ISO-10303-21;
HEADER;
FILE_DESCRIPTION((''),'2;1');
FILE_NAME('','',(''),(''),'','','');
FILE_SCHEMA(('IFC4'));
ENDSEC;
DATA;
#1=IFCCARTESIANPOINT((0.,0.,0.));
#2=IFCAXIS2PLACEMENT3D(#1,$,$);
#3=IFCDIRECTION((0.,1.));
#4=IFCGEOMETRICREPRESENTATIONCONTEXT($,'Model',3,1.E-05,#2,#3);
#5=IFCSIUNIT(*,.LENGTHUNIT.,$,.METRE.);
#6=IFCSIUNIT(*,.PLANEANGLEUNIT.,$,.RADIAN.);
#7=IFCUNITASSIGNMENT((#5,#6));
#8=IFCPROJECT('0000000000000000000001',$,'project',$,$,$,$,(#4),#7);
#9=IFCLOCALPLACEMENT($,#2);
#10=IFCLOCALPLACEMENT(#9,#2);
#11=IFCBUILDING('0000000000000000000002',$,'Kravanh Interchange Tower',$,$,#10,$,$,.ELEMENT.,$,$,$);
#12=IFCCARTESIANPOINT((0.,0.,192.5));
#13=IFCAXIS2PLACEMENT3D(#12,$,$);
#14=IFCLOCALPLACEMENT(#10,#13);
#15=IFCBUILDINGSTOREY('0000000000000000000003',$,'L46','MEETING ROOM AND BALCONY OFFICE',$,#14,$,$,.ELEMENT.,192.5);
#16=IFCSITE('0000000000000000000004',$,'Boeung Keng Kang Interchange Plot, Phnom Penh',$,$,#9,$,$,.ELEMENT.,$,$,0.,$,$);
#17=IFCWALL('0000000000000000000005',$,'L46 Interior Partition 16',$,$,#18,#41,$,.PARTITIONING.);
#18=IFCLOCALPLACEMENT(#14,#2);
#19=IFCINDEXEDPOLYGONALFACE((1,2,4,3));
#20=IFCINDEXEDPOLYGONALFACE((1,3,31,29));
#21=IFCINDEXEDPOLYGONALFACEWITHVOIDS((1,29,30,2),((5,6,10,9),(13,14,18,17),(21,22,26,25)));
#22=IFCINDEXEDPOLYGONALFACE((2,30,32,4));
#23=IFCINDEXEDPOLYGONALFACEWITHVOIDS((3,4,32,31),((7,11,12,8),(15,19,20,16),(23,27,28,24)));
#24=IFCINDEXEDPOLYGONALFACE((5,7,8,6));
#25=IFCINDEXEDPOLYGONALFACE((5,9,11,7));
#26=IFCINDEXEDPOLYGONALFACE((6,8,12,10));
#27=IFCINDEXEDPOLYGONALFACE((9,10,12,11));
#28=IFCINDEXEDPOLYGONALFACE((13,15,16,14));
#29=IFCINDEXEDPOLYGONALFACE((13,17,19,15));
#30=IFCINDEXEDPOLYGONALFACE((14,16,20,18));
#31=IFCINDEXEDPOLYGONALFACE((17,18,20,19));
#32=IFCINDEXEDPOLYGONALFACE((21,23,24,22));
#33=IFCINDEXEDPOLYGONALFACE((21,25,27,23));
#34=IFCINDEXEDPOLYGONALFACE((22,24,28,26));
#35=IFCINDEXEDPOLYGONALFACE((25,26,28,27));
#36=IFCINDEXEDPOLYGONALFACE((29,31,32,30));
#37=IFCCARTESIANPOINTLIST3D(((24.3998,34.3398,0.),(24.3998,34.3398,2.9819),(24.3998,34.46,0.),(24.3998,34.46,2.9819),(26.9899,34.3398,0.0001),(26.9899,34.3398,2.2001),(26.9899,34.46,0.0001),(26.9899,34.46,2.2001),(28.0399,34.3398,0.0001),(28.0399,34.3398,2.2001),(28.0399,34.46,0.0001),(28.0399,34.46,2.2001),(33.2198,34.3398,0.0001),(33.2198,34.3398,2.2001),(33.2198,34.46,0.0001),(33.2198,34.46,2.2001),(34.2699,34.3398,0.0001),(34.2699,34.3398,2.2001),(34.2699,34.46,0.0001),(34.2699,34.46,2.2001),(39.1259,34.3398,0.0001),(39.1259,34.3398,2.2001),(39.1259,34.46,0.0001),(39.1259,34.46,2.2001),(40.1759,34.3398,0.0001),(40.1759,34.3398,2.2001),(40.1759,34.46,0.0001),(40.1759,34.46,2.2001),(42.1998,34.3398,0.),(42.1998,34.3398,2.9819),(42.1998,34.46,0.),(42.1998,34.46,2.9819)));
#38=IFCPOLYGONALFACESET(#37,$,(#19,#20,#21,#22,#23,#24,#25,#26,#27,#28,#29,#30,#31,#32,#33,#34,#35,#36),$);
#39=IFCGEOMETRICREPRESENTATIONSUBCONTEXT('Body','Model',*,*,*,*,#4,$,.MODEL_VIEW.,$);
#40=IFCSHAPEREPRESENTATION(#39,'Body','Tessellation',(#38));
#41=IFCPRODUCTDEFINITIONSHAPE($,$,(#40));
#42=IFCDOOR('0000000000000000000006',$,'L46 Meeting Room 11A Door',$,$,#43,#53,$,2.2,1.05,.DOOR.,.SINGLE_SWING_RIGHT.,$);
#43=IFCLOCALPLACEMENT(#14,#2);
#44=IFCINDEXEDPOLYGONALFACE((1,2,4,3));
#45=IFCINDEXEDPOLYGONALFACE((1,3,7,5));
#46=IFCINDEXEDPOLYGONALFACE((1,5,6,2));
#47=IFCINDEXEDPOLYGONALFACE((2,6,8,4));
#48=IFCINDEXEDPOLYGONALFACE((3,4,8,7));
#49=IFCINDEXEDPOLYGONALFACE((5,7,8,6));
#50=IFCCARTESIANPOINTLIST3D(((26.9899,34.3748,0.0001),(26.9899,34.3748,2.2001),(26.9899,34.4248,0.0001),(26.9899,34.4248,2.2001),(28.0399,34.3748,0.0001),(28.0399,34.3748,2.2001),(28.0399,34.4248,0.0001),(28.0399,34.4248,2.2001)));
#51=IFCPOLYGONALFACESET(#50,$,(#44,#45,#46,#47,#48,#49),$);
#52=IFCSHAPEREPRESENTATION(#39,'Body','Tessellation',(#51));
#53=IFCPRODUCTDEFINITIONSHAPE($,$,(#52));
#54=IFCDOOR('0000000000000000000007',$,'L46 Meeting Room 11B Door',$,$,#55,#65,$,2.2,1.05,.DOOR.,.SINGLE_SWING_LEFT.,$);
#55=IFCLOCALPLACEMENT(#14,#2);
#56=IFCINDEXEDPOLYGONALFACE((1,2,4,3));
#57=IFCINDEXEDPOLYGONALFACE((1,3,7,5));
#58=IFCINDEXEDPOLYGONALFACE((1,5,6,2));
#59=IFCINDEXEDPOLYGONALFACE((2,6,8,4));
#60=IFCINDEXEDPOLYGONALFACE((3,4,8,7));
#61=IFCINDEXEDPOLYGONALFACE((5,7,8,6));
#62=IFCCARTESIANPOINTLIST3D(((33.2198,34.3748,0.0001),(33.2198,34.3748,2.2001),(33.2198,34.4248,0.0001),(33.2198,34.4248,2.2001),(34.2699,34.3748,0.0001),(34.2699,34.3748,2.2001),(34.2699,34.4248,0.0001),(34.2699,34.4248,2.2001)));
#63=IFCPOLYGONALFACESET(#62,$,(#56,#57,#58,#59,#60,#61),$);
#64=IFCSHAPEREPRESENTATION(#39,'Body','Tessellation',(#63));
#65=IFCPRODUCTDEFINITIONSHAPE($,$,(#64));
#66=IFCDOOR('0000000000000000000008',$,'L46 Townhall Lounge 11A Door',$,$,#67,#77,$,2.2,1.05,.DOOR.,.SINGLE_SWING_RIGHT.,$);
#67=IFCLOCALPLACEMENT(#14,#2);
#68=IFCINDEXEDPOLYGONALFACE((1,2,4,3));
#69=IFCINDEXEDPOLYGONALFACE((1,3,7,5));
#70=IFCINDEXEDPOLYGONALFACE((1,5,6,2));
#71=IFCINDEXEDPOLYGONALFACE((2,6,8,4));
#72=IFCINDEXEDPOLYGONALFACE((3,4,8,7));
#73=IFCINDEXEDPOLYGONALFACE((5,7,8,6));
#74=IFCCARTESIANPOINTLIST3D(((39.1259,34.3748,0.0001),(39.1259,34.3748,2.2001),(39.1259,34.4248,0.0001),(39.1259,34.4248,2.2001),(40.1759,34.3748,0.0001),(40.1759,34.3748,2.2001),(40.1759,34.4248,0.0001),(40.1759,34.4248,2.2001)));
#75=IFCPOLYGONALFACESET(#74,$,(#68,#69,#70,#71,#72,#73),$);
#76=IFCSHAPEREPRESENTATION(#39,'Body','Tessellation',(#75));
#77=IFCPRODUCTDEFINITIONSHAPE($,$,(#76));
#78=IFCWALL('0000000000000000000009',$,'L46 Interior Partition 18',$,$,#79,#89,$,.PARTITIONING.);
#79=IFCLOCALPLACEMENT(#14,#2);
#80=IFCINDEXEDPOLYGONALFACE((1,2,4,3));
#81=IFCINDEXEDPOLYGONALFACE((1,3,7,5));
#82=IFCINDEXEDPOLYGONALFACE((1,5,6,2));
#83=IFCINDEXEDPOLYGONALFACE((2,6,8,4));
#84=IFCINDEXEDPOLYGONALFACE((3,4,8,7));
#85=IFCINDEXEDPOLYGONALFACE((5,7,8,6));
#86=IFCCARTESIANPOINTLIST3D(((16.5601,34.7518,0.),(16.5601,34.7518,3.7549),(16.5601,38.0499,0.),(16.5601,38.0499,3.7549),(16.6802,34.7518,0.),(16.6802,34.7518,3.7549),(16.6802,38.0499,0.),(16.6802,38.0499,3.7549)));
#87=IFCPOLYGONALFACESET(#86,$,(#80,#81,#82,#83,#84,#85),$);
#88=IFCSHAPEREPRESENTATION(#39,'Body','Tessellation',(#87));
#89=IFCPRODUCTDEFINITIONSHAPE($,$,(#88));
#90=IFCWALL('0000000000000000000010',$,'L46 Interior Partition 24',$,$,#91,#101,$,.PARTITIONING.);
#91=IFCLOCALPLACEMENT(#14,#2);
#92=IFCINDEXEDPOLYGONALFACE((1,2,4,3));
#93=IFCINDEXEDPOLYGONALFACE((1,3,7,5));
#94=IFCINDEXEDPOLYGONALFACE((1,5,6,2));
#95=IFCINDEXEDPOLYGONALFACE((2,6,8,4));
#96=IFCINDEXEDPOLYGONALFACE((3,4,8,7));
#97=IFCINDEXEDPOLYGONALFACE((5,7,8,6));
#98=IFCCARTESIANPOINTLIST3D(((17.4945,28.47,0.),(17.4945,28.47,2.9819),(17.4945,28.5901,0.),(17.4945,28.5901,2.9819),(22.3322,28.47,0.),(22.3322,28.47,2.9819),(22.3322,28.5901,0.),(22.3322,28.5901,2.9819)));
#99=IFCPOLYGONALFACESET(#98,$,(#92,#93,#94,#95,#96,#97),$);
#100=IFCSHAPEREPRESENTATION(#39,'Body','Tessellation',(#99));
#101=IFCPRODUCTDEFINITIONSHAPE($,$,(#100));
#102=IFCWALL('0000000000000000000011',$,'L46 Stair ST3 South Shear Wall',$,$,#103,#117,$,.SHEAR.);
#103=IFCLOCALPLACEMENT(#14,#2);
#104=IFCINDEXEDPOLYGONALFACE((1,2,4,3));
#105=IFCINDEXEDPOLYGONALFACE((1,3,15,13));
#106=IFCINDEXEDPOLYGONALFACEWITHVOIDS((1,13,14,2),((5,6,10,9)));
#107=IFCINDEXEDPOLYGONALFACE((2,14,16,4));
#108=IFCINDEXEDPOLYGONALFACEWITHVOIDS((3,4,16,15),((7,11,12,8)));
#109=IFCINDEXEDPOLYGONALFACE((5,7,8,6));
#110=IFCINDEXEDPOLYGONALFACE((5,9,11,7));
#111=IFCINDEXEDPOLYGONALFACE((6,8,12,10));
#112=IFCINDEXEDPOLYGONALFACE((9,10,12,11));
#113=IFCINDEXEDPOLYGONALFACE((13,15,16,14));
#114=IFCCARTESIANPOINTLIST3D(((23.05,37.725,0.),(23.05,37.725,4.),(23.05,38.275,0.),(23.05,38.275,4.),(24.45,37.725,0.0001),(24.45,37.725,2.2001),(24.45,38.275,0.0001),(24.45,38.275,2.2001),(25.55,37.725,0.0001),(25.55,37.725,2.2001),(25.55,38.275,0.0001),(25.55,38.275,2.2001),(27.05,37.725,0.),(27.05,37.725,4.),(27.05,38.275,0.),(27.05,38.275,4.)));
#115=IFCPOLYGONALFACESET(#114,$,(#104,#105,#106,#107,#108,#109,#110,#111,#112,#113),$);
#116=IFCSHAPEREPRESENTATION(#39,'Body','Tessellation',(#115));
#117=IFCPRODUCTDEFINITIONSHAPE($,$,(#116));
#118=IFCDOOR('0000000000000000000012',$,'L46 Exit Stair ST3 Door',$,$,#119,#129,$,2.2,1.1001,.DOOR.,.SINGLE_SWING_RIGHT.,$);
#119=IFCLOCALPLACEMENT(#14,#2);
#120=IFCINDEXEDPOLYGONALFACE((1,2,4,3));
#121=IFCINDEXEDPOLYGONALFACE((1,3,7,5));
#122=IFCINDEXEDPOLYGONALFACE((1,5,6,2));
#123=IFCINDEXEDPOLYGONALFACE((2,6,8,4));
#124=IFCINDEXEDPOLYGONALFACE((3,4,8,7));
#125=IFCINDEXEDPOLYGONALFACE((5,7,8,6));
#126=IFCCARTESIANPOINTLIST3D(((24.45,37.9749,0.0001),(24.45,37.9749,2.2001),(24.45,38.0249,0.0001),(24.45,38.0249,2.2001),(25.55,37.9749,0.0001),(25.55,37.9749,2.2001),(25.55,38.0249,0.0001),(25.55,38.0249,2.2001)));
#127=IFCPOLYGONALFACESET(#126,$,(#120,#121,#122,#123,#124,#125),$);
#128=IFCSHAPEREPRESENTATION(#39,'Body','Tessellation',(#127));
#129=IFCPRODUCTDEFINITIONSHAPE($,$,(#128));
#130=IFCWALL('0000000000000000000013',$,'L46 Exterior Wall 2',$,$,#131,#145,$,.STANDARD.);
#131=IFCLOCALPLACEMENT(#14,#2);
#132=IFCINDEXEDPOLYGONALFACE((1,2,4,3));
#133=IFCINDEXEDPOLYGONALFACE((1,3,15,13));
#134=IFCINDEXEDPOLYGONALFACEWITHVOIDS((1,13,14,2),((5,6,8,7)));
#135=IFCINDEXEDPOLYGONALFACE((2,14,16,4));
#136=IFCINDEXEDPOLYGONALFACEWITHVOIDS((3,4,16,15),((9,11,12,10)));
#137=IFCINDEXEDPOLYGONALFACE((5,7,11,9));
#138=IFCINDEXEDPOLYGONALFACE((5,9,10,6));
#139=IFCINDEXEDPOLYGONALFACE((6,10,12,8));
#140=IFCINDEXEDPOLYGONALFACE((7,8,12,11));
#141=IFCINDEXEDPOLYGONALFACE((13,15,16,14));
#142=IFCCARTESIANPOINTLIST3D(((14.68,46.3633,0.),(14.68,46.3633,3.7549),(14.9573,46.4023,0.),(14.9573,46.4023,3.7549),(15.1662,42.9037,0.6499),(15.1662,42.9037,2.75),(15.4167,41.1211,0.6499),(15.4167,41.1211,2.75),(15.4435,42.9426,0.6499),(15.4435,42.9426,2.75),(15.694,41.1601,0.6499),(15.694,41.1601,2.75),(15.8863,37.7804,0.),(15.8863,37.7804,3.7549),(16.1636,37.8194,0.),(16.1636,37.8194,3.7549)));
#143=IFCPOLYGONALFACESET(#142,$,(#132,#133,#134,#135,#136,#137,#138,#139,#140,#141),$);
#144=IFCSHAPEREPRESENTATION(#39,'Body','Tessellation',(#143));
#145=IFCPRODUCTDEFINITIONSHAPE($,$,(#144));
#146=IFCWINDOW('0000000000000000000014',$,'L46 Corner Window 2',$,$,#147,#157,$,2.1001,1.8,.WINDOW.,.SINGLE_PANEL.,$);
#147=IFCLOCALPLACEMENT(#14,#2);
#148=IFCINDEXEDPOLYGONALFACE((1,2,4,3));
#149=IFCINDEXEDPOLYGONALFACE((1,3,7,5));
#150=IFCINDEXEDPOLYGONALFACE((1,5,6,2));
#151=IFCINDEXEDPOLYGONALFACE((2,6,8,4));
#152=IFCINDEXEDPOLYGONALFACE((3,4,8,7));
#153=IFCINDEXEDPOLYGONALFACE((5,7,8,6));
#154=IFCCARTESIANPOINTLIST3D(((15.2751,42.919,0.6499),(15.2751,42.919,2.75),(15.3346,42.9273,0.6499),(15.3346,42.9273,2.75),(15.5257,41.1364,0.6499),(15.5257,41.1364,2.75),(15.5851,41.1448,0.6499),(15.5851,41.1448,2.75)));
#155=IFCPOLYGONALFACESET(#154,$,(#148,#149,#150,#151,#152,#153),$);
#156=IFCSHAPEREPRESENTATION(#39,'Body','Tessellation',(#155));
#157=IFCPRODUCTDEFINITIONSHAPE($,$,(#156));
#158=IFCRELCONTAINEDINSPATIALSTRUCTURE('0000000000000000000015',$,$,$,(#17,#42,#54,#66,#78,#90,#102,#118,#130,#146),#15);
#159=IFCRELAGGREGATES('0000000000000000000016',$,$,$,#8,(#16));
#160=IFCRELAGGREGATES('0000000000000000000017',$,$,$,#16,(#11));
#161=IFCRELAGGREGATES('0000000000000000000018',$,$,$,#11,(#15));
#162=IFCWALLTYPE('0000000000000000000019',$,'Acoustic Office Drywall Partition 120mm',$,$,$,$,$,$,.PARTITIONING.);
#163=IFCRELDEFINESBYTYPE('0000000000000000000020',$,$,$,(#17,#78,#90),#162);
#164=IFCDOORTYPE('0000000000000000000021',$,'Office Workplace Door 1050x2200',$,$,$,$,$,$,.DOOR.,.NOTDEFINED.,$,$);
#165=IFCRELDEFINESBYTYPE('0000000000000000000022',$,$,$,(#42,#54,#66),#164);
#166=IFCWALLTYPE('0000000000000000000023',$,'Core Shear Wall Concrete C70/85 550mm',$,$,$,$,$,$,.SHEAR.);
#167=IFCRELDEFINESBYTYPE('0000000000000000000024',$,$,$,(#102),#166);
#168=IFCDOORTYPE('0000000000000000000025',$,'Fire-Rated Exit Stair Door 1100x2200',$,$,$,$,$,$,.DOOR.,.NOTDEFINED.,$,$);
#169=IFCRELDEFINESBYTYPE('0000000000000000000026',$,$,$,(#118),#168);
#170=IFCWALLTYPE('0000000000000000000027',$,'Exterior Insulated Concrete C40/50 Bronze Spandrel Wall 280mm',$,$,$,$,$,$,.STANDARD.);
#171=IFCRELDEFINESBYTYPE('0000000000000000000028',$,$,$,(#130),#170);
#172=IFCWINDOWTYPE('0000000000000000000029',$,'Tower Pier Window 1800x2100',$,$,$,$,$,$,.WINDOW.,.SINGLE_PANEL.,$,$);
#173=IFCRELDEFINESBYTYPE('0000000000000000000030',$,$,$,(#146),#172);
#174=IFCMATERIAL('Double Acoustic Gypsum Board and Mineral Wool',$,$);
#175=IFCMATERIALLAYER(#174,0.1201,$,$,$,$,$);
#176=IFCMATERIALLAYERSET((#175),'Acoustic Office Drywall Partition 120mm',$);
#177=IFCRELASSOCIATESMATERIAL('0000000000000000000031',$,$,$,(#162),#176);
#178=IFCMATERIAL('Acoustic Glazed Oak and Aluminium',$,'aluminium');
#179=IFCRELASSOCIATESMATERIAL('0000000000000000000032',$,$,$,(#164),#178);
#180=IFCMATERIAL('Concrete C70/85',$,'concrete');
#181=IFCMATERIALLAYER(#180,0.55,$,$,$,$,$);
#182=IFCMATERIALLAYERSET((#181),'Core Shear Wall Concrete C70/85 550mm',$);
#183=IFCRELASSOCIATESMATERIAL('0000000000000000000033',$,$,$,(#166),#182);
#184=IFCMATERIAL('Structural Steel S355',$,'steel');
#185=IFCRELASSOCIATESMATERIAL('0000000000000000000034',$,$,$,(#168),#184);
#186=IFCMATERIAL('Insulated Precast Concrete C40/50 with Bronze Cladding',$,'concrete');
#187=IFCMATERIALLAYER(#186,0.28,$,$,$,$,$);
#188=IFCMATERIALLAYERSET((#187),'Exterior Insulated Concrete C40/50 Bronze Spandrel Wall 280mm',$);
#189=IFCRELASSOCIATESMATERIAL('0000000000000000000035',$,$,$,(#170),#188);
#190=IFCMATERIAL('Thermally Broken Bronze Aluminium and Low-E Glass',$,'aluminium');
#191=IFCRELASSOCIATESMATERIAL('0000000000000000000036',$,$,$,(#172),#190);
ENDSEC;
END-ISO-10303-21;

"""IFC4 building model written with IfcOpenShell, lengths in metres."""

from ifc_helpers import new_model, si_unit, direction, frame, frame_2d, origin, place, context, subcontext, project, spatial, rectangle, extrude, material, layer, layer_set, type_object, element, fill, save


model = new_model("IFC4")

# Units and contexts
model_context = context("Model", 3, precision=1e-05, world=origin(), true_north=direction((0.0, 1.0)))
body_context = subcontext(model_context, "Body", "Model", "MODEL_VIEW")
ifc_project = project(units=[si_unit("LENGTHUNIT", "METRE"), si_unit("PLANEANGLEUNIT", "RADIAN")], contexts=[model_context])

# Site, building, storey
site_placement = place(None, origin())
site = spatial("IfcSite", under=ifc_project, at=site_placement, Name="Boeung Keng Kang Interchange Plot, Phnom Penh", CompositionType="ELEMENT", RefElevation=0.0)
building_placement = place(site_placement, origin())
building = spatial("IfcBuilding", under=site, at=building_placement, Name="Kravanh Interchange Tower", CompositionType="ELEMENT")
storey_placement = place(building_placement, frame((0.0, 0.0, 192.5)))
storey = spatial("IfcBuildingStorey", under=building, at=storey_placement, Name="L46", Description="MEETING ROOM AND BALCONY OFFICE", CompositionType="ELEMENT", Elevation=192.5)

# Shared definitions
ifc_material_1 = material(Name="Double Acoustic Gypsum Board and Mineral Wool")
ifc_layer_1 = layer(ifc_material_1, 0.1201)
ifc_layer_set_1 = layer_set([ifc_layer_1], Name="Acoustic Office Drywall Partition 120mm")
wall_type_1 = type_object("IfcWallType", Name="Acoustic Office Drywall Partition 120mm", PredefinedType="PARTITIONING", material=ifc_layer_set_1)

# Wall, openings, doors
wall_1_placement = place(storey_placement, frame((24.3999, 34.3999, 0.0), z_axis=(0.0, 0.0, 1.0), x_axis=(1.0, 0.0, 0.0)))
wall_1 = element("IfcWall", 1, at=wall_1_placement, inside=storey, type_object=wall_type_1, Name="L46 Interior Partition 16", PredefinedType="PARTITIONING", context=body_context, shape_type="SweptSolid", body=[
    extrude(rectangle(XDim=17.8, YDim=0.1201, at=frame_2d((8.8999, 0.0))), origin(), (0.0, 0.0, 1.0), 2.9819),
])
opening_1_placement = place(wall_1_placement, frame((2.5901, 0.0, 0.0)))
opening_1 = element("IfcOpeningElement", 2, at=opening_1_placement, cuts=wall_1, PredefinedType="OPENING", context=body_context, shape_type="SweptSolid", body=[
    extrude(rectangle(XDim=1.05, YDim=2.2, at=frame_2d((0.5249, 1.1001))), frame((0.0, 0.0701, 0.0), z_axis=(0.0, -1.0, 0.0), x_axis=(1.0, 0.0, 0.0)), (0.0, 0.0, 1.0), 0.1401),
])
opening_2_placement = place(wall_1_placement, frame((8.8201, 0.0, 0.0)))
opening_2 = element("IfcOpeningElement", 3, at=opening_2_placement, cuts=wall_1, PredefinedType="OPENING", context=body_context, shape_type="SweptSolid", body=[
    extrude(rectangle(XDim=1.05, YDim=2.2, at=frame_2d((0.5249, 1.1001))), frame((0.0, 0.0701, 0.0), z_axis=(0.0, -1.0, 0.0), x_axis=(1.0, 0.0, 0.0)), (0.0, 0.0, 1.0), 0.1401),
])
opening_3_placement = place(wall_1_placement, frame((14.7261, 0.0, 0.0)))
opening_3 = element("IfcOpeningElement", 4, at=opening_3_placement, cuts=wall_1, PredefinedType="OPENING", context=body_context, shape_type="SweptSolid", body=[
    extrude(rectangle(XDim=1.05, YDim=2.2, at=frame_2d((0.5249, 1.1001))), frame((0.0, 0.0701, 0.0), z_axis=(0.0, -1.0, 0.0), x_axis=(1.0, 0.0, 0.0)), (0.0, 0.0, 1.0), 0.1401),
])
ifc_material_2 = material(Name="Acoustic Glazed Oak and Aluminium", Category="aluminium")
door_type_1 = type_object("IfcDoorType", Name="Office Workplace Door 1050x2200", OperationType="NOTDEFINED", PredefinedType="DOOR", material=ifc_material_2)
door_1_placement = place(opening_1_placement, origin())
door_1 = element("IfcDoor", 5, at=door_1_placement, inside=storey, type_object=door_type_1, Name="L46 Meeting Room 11A Door", OperationType="SINGLE_SWING_RIGHT", OverallHeight=2.2, OverallWidth=1.05, PredefinedType="DOOR", context=body_context, shape_type="SweptSolid", body=[
    extrude(rectangle(XDim=1.05, YDim=2.2, at=frame_2d((0.5249, 1.1001))), frame((0.0, 0.0249, 0.0), z_axis=(0.0, -1.0, 0.0), x_axis=(1.0, 0.0, 0.0)), (0.0, 0.0, 1.0), 0.05),
])
fill(opening_1, door_1)
door_2_placement = place(opening_2_placement, origin())
door_2 = element("IfcDoor", 6, at=door_2_placement, inside=storey, type_object=door_type_1, Name="L46 Meeting Room 11B Door", OperationType="SINGLE_SWING_LEFT", OverallHeight=2.2, OverallWidth=1.05, PredefinedType="DOOR", context=body_context, shape_type="SweptSolid", body=[
    extrude(rectangle(XDim=1.05, YDim=2.2, at=frame_2d((0.5249, 1.1001))), frame((0.0, 0.0249, 0.0), z_axis=(0.0, -1.0, 0.0), x_axis=(1.0, 0.0, 0.0)), (0.0, 0.0, 1.0), 0.05),
])
fill(opening_2, door_2)
door_3_placement = place(opening_3_placement, origin())
door_3 = element("IfcDoor", 7, at=door_3_placement, inside=storey, type_object=door_type_1, Name="L46 Townhall Lounge 11A Door", OperationType="SINGLE_SWING_RIGHT", OverallHeight=2.2, OverallWidth=1.05, PredefinedType="DOOR", context=body_context, shape_type="SweptSolid", body=[
    extrude(rectangle(XDim=1.05, YDim=2.2, at=frame_2d((0.5249, 1.1001))), frame((0.0, 0.0249, 0.0), z_axis=(0.0, -1.0, 0.0), x_axis=(1.0, 0.0, 0.0)), (0.0, 0.0, 1.0), 0.05),
])
fill(opening_3, door_3)

# Walls
wall_2_placement = place(storey_placement, frame((16.6201, 34.752, 0.0), z_axis=(0.0, 0.0, 1.0), x_axis=(0.0, 1.0, 0.0)))
element("IfcWall", 8, at=wall_2_placement, inside=storey, type_object=wall_type_1, Name="L46 Interior Partition 18", PredefinedType="PARTITIONING", context=body_context, shape_type="SweptSolid", body=[
    extrude(rectangle(XDim=3.2981, YDim=0.1201, at=frame_2d((1.6489, 0.0))), origin(), (0.0, 0.0, 1.0), 3.7549),
])
wall_3_placement = place(storey_placement, frame((17.4944, 28.53, 0.0), z_axis=(0.0, 0.0, 1.0), x_axis=(1.0, 0.0, 0.0)))
element("IfcWall", 9, at=wall_3_placement, inside=storey, type_object=wall_type_1, Name="L46 Interior Partition 24", PredefinedType="PARTITIONING", context=body_context, shape_type="SweptSolid", body=[
    extrude(rectangle(XDim=4.8376, YDim=0.1201, at=frame_2d((2.4189, 0.0))), origin(), (0.0, 0.0, 1.0), 2.9819),
])

# Wall, opening, door
ifc_material_3 = material(Name="Concrete C70/85", Category="concrete")
ifc_layer_2 = layer(ifc_material_3, 0.55)
ifc_layer_set_2 = layer_set([ifc_layer_2], Name="Core Shear Wall Concrete C70/85 550mm")
wall_type_2 = type_object("IfcWallType", Name="Core Shear Wall Concrete C70/85 550mm", PredefinedType="SHEAR", material=ifc_layer_set_2)
wall_4_placement = place(storey_placement, frame((23.05, 38.0, 0.0), z_axis=(0.0, 0.0, 1.0), x_axis=(1.0, 0.0, 0.0)))
wall_4 = element("IfcWall", 10, at=wall_4_placement, inside=storey, type_object=wall_type_2, Name="L46 Stair ST3 South Shear Wall", PredefinedType="SHEAR", context=body_context, shape_type="SweptSolid", body=[
    extrude(rectangle(XDim=4.0, YDim=0.55, at=frame_2d((2.0, 0.0))), origin(), (0.0, 0.0, 1.0), 4.0),
])
opening_4_placement = place(wall_4_placement, frame((1.3999, 0.0, 0.0)))
opening_4 = element("IfcOpeningElement", 11, at=opening_4_placement, cuts=wall_4, PredefinedType="OPENING", context=body_context, shape_type="SweptSolid", body=[
    extrude(rectangle(XDim=1.1001, YDim=2.2, at=frame_2d((0.55, 1.1001))), frame((0.0, 0.2852, 0.0), z_axis=(0.0, -1.0, 0.0), x_axis=(1.0, 0.0, 0.0)), (0.0, 0.0, 1.0), 0.5701),
])
ifc_material_4 = material(Name="Structural Steel S355", Category="steel")
door_type_2 = type_object("IfcDoorType", Name="Fire-Rated Exit Stair Door 1100x2200", OperationType="NOTDEFINED", PredefinedType="DOOR", material=ifc_material_4)
door_4_placement = place(opening_4_placement, origin())
door_4 = element("IfcDoor", 12, at=door_4_placement, inside=storey, type_object=door_type_2, Name="L46 Exit Stair ST3 Door", OperationType="SINGLE_SWING_RIGHT", OverallHeight=2.2, OverallWidth=1.1001, PredefinedType="DOOR", context=body_context, shape_type="SweptSolid", body=[
    extrude(rectangle(XDim=1.1001, YDim=2.2, at=frame_2d((0.55, 1.1001))), frame((0.0, 0.0249, 0.0), z_axis=(0.0, -1.0, 0.0), x_axis=(1.0, 0.0, 0.0)), (0.0, 0.0, 1.0), 0.05),
])
fill(opening_4, door_4)

# Wall, opening, window
ifc_material_5 = material(Name="Insulated Precast Concrete C40/50 with Bronze Cladding", Category="concrete")
ifc_layer_3 = layer(ifc_material_5, 0.28)
ifc_layer_set_3 = layer_set([ifc_layer_3], Name="Exterior Insulated Concrete C40/50 Bronze Spandrel Wall 280mm")
wall_type_3 = type_object("IfcWallType", Name="Exterior Insulated Concrete C40/50 Bronze Spandrel Wall 280mm", PredefinedType="STANDARD", material=ifc_layer_set_3)
wall_5_placement = place(storey_placement, frame((16.0249, 37.8, 0.0), z_axis=(0.0, 0.0, 1.0), x_axis=(-0.139181, 0.990267, 0.0)))
wall_5 = element("IfcWall", 13, at=wall_5_placement, inside=storey, type_object=wall_type_3, Name="L46 Exterior Wall 2", PredefinedType="STANDARD", context=body_context, shape_type="SweptSolid", body=[
    extrude(rectangle(XDim=8.6672, YDim=0.28, at=frame_2d((4.3335, 0.0))), origin(), (0.0, 0.0, 1.0), 3.7549),
])
opening_5_placement = place(wall_5_placement, frame((3.3735, 0.0, 0.6499)))
opening_5 = element("IfcOpeningElement", 14, at=opening_5_placement, cuts=wall_5, PredefinedType="OPENING", context=body_context, shape_type="SweptSolid", body=[
    extrude(rectangle(XDim=1.8, YDim=2.1001, at=frame_2d((0.8999, 1.05))), frame((0.0, 0.1499, 0.0), z_axis=(0.0, -1.0, 0.0), x_axis=(1.0, 0.0, 0.0)), (0.0, 0.0, 1.0), 0.3),
])
ifc_material_6 = material(Name="Thermally Broken Bronze Aluminium and Low-E Glass", Category="aluminium")
window_type = type_object("IfcWindowType", Name="Tower Pier Window 1800x2100", PartitioningType="SINGLE_PANEL", PredefinedType="WINDOW", material=ifc_material_6)
window_placement = place(opening_5_placement, origin())
window = element("IfcWindow", 15, at=window_placement, inside=storey, type_object=window_type, Name="L46 Corner Window 2", OverallHeight=2.1001, OverallWidth=1.8, PartitioningType="SINGLE_PANEL", PredefinedType="WINDOW", context=body_context, shape_type="SweptSolid", body=[
    extrude(rectangle(XDim=1.8, YDim=2.1001, at=frame_2d((0.8999, 1.05))), frame((0.0, 0.03, 0.0), z_axis=(0.0, -1.0, 0.0), x_axis=(1.0, 0.0, 0.0)), (0.0, 0.0, 1.0), 0.0601),
])
fill(opening_5, window)

save(model, "model.ifc")
